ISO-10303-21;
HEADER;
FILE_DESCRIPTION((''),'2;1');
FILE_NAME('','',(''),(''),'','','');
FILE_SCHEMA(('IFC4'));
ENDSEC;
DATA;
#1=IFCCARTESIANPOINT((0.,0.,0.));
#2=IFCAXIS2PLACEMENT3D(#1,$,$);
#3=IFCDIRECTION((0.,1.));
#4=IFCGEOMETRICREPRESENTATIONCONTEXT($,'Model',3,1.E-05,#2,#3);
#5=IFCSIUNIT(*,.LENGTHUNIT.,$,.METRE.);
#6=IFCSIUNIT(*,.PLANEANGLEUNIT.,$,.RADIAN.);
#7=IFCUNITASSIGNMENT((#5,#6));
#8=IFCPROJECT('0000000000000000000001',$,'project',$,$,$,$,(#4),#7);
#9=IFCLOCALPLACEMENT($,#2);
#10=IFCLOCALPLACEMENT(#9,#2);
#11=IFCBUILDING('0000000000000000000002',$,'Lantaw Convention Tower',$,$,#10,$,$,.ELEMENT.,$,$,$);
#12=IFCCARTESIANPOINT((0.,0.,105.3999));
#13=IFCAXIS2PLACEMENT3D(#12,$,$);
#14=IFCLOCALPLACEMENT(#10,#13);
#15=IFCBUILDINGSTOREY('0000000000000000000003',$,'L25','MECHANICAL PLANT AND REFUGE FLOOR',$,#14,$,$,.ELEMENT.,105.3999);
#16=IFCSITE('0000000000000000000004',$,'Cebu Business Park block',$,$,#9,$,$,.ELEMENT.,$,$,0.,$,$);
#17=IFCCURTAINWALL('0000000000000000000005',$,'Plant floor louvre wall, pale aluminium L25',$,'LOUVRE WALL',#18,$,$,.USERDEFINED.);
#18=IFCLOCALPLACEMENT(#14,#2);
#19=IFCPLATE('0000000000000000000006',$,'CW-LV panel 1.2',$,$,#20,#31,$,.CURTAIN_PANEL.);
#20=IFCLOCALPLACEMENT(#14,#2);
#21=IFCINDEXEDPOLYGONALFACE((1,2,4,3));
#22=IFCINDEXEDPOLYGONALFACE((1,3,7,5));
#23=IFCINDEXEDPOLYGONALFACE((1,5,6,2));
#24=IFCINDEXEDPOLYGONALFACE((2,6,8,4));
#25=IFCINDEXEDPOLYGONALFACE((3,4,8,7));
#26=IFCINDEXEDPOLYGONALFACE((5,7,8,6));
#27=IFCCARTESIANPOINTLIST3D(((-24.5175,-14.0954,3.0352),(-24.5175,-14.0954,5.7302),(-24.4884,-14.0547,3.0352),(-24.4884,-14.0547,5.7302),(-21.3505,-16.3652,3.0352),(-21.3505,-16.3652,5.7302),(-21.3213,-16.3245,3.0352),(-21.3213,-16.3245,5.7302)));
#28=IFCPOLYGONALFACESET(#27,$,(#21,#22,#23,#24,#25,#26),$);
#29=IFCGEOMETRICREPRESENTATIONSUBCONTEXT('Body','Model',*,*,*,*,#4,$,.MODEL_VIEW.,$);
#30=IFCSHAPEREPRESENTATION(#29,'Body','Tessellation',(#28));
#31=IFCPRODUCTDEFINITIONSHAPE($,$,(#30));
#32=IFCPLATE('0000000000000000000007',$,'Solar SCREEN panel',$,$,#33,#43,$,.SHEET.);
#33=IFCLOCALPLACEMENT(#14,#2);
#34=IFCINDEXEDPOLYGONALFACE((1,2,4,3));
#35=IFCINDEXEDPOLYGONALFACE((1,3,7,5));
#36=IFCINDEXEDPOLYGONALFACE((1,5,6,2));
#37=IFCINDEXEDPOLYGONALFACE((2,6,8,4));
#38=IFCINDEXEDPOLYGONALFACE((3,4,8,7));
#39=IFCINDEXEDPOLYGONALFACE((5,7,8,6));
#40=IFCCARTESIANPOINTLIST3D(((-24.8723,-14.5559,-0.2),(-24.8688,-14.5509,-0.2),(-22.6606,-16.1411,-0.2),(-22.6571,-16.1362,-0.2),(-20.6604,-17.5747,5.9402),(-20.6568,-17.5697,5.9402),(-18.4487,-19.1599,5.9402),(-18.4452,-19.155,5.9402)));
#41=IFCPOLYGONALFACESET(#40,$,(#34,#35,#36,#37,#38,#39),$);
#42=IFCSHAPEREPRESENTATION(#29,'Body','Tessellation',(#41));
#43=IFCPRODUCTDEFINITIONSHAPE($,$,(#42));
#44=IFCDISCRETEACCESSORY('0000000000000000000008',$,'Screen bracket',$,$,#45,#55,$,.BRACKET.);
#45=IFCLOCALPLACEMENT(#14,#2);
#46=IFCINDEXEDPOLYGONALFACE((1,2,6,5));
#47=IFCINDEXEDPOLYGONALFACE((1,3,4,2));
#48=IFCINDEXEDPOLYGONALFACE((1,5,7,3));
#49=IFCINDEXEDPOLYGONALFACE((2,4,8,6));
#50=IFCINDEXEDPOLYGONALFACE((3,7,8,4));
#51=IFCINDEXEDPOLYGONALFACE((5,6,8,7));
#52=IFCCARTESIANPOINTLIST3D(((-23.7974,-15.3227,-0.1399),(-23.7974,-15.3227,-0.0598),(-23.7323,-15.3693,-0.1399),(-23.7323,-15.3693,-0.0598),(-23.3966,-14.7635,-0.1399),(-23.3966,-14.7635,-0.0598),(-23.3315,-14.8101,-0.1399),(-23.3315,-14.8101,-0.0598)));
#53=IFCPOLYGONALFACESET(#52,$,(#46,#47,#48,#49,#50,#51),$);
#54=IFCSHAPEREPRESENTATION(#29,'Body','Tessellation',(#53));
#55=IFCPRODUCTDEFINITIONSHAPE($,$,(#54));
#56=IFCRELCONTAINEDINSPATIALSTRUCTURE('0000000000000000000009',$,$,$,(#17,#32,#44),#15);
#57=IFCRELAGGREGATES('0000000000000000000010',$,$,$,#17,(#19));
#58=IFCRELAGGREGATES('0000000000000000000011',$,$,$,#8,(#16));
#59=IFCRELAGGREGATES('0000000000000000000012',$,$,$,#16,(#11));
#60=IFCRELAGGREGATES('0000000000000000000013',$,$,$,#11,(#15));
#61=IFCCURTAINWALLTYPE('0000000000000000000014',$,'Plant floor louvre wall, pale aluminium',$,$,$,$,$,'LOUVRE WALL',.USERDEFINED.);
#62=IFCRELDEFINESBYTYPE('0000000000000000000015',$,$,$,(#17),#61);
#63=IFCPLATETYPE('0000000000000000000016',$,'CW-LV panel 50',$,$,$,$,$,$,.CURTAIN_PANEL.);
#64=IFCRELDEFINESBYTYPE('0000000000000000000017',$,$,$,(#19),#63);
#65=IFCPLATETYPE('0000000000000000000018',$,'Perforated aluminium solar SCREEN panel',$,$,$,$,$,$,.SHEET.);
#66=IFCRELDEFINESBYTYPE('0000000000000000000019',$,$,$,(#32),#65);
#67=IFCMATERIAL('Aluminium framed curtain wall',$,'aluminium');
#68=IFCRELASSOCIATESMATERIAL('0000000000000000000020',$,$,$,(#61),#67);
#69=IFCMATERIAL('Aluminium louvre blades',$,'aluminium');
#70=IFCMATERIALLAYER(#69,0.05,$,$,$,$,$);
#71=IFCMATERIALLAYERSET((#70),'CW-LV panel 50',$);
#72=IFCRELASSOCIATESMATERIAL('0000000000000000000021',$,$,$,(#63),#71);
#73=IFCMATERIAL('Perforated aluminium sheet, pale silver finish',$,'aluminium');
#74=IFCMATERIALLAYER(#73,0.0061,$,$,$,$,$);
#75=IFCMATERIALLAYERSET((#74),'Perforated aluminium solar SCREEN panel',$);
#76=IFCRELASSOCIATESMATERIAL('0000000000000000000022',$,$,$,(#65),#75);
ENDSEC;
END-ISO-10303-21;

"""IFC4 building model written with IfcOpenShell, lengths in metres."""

from ifc_helpers import new_model, si_unit, direction, frame, origin, origin_2d, place, context, subcontext, project, spatial, polyline, rectangle, outline, extrude, material, layer, layer_set, type_object, element, aggregate, save


model = new_model("IFC4")

# Units and contexts
model_context = context("Model", 3, precision=1e-05, world=origin(), true_north=direction((0.0, 1.0)))
body_context = subcontext(model_context, "Body", "Model", "MODEL_VIEW")
ifc_project = project(units=[si_unit("LENGTHUNIT", "METRE"), si_unit("PLANEANGLEUNIT", "RADIAN")], contexts=[model_context])

# Site, building, storey
site_placement = place(None, origin())
site = spatial("IfcSite", under=ifc_project, at=site_placement, Name="Cebu Business Park block", CompositionType="ELEMENT", RefElevation=0.0)
building_placement = place(site_placement, origin())
building = spatial("IfcBuilding", under=site, at=building_placement, Name="Lantaw Convention Tower", CompositionType="ELEMENT")
storey_placement = place(building_placement, frame((0.0, 0.0, 105.3999)))
storey = spatial("IfcBuildingStorey", under=building, at=storey_placement, Name="L25", Description="MECHANICAL PLANT AND REFUGE FLOOR", CompositionType="ELEMENT", Elevation=105.3999)

# Shared definitions
ifc_material_1 = material(Name="Aluminium framed curtain wall", Category="aluminium")
curtain_wall_type = type_object("IfcCurtainWallType", Name="Plant floor louvre wall, pale aluminium", ElementType="LOUVRE WALL", PredefinedType="USERDEFINED", material=ifc_material_1)

# Curtain wall
curtain_wall_1_placement = place(storey_placement, origin())
curtain_wall_1 = element("IfcCurtainWall", 1, at=curtain_wall_1_placement, inside=storey, type_object=curtain_wall_type, Name="Plant floor louvre wall, pale aluminium L25", ObjectType="LOUVRE WALL", PredefinedType="USERDEFINED")

# Plates
ifc_material_2 = material(Name="Aluminium louvre blades", Category="aluminium")
ifc_layer_1 = layer(ifc_material_2, 0.05)
ifc_layer_set_1 = layer_set([ifc_layer_1], Name="CW-LV panel 50")
plate_type_1 = type_object("IfcPlateType", Name="CW-LV panel 50", PredefinedType="CURTAIN_PANEL", material=ifc_layer_set_1)
plate_1_placement = place(storey_placement, frame((-22.9194, -15.21, 3.0352), z_axis=(0.0, 0.0, 1.0), x_axis=(0.812804, -0.582538, 0.0)))
plate_1 = element("IfcPlate", 2, at=plate_1_placement, type_object=plate_type_1, Name="CW-LV panel 1.2", PredefinedType="CURTAIN_PANEL", context=body_context, shape_type="SweptSolid", body=[
    extrude(rectangle(XDim=3.8965, YDim=0.05, at=origin_2d()), origin(), (0.0, 0.0, 1.0), 2.6951),
])
aggregate(curtain_wall_1, [plate_1])
ifc_material_3 = material(Name="Perforated aluminium sheet, pale silver finish", Category="aluminium")
ifc_layer_2 = layer(ifc_material_3, 0.0061)
ifc_layer_set_2 = layer_set([ifc_layer_2], Name="Perforated aluminium solar SCREEN panel")
plate_type_2 = type_object("IfcPlateType", Name="Perforated aluminium solar SCREEN panel", PredefinedType="SHEET", material=ifc_layer_set_2)
plate_2_placement = place(storey_placement, frame((-24.8723, -14.5559, -0.2), z_axis=(-0.582561, -0.812787, 0.00001), x_axis=(0.812787, -0.582561, 0.0)))
element("IfcPlate", 3, at=plate_2_placement, inside=storey, type_object=plate_type_2, Name="Solar SCREEN panel", PredefinedType="SHEET", context=body_context, shape_type="SweptSolid", body=[
    extrude(outline(polyline([(0.0, 0.0), (2.7211, 0.0), (7.9031, 6.1401), (5.182, 6.1401), (0.0, 0.0)])), origin(), (0.0, 0.0, -1.0), 0.0061),
])

# Discrete accessory
discrete_accessory_placement = place(storey_placement, frame((-23.5645, -15.0664, -0.1399), z_axis=(0.0, 0.0, 1.0), x_axis=(0.812804, -0.582538, 0.0)))
element("IfcDiscreteAccessory", 4, at=discrete_accessory_placement, inside=storey, Name="Screen bracket", PredefinedType="BRACKET", context=body_context, shape_type="SweptSolid", body=[
    extrude(rectangle(XDim=0.0801, YDim=0.688, at=origin_2d()), origin(), (0.0, 0.0, 1.0), 0.0801),
])

save(model, "model.ifc")
